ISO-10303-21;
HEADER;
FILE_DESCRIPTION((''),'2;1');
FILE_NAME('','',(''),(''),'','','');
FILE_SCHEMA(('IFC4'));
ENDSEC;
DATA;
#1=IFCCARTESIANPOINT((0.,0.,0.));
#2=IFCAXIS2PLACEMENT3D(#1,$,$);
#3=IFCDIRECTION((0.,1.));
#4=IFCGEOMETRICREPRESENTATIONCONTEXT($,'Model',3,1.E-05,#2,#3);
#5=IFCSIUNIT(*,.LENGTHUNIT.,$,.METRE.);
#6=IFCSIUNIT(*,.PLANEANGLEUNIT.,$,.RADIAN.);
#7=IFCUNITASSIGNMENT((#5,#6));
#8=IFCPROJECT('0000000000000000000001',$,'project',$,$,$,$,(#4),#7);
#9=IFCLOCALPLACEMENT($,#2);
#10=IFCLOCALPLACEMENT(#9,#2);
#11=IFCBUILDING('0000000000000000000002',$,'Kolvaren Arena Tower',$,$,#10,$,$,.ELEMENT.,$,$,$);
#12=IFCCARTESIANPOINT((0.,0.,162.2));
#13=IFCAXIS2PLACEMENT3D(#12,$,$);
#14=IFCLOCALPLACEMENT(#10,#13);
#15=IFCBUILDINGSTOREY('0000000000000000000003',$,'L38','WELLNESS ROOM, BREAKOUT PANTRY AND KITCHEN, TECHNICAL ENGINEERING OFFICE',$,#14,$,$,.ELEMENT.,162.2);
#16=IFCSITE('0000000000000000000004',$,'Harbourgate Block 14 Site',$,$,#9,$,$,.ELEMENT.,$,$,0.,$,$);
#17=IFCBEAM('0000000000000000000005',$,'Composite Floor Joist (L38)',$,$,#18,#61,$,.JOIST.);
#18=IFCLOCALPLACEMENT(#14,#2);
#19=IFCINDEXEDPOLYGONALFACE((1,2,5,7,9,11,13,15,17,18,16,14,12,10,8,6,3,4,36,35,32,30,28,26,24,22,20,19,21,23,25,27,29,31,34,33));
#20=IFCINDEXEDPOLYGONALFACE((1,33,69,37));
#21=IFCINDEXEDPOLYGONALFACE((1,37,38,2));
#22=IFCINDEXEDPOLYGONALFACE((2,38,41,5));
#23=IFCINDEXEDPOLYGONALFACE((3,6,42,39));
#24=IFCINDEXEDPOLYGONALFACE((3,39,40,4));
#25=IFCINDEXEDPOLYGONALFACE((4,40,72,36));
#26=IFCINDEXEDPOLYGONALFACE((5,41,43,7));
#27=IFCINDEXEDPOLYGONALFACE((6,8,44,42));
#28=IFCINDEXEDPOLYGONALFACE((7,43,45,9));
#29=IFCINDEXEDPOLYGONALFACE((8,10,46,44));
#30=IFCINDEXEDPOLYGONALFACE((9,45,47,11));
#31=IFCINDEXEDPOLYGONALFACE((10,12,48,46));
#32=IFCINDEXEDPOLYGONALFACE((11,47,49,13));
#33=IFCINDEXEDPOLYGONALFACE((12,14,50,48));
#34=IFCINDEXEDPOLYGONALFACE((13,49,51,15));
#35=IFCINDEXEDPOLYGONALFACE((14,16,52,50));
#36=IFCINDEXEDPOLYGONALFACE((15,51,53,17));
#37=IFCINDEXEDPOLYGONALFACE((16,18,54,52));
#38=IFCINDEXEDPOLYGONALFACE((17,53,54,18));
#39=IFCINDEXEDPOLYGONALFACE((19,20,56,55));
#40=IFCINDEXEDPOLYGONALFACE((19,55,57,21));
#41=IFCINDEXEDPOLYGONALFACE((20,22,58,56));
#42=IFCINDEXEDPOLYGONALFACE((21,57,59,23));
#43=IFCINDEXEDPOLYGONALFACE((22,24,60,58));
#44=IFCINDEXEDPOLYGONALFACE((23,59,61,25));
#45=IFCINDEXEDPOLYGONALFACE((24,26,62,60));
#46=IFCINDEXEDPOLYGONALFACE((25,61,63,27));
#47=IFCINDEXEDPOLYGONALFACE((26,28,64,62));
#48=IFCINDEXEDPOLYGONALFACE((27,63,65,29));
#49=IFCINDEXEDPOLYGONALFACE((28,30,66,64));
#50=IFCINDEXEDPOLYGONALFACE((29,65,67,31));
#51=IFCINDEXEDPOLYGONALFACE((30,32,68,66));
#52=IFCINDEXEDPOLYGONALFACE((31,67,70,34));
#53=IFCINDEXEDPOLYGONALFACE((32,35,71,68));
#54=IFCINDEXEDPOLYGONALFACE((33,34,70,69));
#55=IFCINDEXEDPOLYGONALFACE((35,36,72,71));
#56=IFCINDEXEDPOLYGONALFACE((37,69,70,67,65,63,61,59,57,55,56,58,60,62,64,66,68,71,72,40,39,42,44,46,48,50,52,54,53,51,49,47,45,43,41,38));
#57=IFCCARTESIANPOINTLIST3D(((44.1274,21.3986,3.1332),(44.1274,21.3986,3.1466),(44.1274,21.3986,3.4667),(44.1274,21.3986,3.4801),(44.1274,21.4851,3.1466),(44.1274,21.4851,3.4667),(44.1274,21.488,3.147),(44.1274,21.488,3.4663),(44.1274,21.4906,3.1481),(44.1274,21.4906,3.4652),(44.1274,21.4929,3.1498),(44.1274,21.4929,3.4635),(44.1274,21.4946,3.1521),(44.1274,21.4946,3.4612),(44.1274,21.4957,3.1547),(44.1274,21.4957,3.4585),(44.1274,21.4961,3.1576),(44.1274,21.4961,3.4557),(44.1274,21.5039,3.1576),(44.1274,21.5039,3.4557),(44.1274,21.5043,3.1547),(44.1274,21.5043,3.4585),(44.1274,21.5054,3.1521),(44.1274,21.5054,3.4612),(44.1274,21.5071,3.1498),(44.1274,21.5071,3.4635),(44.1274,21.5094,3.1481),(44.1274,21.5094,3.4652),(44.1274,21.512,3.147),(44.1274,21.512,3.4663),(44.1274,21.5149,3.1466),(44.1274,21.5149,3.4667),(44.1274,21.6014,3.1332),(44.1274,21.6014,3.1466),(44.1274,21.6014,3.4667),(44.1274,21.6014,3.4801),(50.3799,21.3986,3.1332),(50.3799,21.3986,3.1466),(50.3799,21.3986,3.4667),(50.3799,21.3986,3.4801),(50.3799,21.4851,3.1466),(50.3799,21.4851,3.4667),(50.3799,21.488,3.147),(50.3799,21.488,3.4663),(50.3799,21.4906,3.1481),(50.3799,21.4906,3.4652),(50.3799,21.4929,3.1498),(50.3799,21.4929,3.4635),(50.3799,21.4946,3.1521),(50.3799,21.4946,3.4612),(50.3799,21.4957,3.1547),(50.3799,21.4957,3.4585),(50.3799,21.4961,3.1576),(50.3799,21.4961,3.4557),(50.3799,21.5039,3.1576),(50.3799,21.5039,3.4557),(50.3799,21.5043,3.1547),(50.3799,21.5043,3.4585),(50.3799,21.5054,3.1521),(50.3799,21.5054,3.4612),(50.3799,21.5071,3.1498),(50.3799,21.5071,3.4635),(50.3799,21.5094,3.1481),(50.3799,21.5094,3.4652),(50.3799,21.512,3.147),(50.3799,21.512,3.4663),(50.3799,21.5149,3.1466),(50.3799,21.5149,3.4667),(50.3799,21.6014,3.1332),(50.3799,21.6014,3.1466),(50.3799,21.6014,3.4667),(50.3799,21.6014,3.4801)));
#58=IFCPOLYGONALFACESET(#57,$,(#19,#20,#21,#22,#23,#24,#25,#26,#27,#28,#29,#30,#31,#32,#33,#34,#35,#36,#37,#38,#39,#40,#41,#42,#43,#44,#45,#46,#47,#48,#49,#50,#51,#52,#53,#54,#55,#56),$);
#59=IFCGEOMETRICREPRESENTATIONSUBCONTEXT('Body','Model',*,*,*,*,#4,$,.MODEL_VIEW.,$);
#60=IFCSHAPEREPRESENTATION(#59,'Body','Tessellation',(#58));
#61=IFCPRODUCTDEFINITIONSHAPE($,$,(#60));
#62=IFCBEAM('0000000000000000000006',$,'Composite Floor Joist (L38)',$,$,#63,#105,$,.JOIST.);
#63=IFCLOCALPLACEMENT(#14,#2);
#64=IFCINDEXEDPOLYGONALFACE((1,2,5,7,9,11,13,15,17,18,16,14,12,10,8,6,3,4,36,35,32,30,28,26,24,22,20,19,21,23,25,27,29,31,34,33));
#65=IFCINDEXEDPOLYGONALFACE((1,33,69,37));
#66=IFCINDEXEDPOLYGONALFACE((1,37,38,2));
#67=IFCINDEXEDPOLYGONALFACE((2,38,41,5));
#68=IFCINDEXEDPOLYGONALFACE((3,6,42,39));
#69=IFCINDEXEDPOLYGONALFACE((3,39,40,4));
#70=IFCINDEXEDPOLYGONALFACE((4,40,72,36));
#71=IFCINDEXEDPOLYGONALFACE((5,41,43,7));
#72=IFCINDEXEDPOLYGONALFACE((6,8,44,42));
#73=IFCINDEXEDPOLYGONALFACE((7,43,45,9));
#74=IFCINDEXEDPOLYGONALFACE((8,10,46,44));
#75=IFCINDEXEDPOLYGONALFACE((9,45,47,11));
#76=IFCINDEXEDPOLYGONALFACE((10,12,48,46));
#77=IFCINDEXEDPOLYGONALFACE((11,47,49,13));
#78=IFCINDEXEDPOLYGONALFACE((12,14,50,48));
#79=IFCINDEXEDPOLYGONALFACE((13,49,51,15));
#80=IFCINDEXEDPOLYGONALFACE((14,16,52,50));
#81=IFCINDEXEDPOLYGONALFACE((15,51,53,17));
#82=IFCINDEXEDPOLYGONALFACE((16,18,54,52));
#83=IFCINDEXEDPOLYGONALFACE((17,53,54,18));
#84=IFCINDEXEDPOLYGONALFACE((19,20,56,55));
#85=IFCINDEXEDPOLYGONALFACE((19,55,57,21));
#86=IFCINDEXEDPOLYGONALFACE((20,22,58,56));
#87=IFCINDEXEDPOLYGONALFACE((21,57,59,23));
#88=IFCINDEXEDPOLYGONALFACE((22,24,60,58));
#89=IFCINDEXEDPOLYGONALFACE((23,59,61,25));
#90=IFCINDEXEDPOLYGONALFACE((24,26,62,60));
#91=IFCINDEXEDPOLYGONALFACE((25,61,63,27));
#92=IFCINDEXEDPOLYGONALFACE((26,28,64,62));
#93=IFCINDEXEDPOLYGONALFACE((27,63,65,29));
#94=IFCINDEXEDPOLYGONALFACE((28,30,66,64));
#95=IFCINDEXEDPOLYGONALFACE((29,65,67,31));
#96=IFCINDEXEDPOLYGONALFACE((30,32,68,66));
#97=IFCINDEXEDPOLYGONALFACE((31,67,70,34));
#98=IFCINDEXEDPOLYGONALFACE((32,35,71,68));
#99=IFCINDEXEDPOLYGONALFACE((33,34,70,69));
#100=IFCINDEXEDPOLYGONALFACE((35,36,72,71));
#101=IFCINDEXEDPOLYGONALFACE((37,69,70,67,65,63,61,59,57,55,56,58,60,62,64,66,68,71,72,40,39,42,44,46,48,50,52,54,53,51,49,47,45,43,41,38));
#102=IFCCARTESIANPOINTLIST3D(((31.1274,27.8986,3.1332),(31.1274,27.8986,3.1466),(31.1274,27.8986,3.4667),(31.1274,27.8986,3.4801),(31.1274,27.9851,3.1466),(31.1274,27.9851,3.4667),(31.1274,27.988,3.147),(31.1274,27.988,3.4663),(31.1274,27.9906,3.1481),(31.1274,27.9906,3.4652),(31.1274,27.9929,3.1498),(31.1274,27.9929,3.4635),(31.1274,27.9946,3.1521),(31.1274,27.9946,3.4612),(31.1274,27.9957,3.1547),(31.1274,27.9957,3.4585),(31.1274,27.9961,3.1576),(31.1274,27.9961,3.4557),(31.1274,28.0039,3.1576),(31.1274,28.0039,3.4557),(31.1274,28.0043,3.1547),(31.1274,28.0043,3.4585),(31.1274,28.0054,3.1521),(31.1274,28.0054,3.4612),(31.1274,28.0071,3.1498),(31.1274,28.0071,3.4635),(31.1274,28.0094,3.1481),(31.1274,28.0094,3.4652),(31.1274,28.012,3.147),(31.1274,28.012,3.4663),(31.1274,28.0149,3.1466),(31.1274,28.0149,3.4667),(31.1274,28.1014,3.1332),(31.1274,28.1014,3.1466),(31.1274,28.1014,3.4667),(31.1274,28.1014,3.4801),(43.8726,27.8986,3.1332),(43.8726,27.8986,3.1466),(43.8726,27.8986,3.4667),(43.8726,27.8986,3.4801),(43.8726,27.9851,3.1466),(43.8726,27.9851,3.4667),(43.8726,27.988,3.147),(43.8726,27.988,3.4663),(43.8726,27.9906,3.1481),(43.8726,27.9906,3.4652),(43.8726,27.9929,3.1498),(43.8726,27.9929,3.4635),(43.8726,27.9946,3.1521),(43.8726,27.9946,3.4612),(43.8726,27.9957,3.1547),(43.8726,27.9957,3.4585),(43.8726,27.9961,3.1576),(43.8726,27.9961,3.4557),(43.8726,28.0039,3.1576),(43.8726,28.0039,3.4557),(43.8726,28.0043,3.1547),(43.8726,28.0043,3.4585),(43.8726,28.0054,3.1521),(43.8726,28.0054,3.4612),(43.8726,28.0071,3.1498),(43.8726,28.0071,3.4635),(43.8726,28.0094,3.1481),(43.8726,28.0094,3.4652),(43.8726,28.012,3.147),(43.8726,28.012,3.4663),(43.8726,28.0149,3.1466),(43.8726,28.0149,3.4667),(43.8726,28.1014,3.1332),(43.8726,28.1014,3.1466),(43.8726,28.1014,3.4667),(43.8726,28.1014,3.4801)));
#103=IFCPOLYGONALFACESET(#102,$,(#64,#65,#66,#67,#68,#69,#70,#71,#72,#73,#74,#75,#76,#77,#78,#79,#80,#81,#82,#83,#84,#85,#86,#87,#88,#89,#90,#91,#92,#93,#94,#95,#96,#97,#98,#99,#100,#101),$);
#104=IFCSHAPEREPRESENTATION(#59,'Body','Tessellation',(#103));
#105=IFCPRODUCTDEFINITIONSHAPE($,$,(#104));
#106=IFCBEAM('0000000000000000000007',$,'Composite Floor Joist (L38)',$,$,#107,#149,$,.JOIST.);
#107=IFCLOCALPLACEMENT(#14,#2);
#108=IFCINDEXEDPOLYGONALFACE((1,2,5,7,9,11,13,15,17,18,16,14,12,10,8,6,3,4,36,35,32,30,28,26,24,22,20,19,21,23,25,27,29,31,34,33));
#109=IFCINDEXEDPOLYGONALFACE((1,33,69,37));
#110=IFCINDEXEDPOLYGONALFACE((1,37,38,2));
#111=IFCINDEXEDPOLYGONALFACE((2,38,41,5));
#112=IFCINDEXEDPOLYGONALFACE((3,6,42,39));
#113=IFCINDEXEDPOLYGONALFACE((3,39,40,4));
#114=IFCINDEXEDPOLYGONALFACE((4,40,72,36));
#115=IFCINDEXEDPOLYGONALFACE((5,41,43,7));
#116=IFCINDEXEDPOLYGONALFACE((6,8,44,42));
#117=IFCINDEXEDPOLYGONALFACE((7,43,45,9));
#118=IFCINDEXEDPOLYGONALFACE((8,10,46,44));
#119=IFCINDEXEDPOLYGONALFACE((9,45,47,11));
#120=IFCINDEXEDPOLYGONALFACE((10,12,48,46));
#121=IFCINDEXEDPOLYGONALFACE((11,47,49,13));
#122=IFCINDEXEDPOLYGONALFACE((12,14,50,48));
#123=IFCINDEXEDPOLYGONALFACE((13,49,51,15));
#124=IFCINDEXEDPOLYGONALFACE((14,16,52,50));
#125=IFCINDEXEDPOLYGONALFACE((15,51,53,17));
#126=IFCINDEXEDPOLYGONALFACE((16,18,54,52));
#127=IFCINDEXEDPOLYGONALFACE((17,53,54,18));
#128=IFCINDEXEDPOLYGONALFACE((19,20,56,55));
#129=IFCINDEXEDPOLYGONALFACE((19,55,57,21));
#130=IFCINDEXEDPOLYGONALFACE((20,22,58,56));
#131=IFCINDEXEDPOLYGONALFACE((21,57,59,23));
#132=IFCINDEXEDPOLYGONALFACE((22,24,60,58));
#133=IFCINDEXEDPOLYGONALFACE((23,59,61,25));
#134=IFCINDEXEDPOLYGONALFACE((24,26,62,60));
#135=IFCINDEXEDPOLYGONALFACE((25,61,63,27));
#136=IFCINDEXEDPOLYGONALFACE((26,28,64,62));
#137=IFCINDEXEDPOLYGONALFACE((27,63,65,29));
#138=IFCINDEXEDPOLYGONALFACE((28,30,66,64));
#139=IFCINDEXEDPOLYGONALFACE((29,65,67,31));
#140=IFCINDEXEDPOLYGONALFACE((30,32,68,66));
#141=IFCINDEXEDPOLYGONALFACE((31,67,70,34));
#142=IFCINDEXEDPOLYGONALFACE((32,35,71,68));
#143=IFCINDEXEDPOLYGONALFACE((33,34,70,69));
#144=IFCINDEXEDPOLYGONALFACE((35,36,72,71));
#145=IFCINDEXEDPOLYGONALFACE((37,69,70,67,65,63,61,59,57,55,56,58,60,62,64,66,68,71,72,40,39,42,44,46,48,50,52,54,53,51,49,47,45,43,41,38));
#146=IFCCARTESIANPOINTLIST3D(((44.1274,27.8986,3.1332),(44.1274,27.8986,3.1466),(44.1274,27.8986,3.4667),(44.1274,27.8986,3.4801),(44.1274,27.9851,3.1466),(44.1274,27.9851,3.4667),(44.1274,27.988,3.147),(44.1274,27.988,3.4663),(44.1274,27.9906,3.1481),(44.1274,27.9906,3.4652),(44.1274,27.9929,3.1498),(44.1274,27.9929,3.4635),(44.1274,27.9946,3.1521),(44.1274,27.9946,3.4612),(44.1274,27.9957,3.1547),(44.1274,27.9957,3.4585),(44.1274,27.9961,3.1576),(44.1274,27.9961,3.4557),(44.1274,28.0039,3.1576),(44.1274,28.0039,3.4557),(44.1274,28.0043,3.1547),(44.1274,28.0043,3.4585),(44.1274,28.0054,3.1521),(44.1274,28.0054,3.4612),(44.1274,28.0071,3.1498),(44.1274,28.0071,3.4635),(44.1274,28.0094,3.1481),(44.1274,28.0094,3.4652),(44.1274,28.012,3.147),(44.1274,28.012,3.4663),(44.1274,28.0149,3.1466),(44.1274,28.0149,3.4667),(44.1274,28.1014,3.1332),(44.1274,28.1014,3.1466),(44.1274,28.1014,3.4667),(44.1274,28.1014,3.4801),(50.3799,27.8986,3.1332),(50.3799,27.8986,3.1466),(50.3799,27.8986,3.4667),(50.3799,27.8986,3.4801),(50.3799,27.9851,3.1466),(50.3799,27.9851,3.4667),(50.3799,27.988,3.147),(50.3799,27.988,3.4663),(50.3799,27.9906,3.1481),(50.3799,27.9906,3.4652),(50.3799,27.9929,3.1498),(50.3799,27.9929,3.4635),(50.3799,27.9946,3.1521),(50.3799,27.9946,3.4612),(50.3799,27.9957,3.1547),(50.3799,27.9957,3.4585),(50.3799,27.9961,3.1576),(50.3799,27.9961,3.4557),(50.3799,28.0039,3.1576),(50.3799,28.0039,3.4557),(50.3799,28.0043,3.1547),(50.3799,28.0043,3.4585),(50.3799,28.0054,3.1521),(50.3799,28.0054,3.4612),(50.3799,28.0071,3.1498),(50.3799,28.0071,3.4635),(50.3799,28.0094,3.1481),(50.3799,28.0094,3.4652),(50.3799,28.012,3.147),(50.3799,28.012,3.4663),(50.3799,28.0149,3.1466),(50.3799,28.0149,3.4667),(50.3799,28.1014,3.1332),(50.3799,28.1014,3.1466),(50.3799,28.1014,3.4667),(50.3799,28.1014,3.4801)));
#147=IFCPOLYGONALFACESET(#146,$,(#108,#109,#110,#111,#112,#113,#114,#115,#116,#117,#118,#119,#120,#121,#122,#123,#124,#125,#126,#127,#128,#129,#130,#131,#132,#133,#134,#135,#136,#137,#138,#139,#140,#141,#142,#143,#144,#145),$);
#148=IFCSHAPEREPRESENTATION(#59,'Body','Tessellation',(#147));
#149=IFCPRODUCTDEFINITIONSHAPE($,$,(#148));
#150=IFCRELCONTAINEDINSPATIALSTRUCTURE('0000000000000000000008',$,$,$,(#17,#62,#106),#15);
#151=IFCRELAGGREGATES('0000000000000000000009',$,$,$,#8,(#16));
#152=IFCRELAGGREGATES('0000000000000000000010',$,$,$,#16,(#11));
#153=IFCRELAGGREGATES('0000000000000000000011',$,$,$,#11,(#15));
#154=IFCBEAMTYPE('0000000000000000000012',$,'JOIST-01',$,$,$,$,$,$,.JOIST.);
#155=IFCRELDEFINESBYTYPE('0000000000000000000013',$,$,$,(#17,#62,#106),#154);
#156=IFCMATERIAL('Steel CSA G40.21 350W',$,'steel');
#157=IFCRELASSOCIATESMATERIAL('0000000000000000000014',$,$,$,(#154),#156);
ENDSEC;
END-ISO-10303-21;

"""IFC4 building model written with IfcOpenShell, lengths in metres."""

from ifc_helpers import new_model, si_unit, direction, frame, origin, origin_2d, place, context, subcontext, project, spatial, i_section, extrude, material, material_profile, profile_set, type_object, element, save


model = new_model("IFC4")

# Units and contexts
model_context = context("Model", 3, precision=1e-05, world=origin(), true_north=direction((0.0, 1.0)))
body_context = subcontext(model_context, "Body", "Model", "MODEL_VIEW")
ifc_project = project(units=[si_unit("LENGTHUNIT", "METRE"), si_unit("PLANEANGLEUNIT", "RADIAN")], contexts=[model_context])

# Site, building, storey
site_placement = place(None, origin())
site = spatial("IfcSite", under=ifc_project, at=site_placement, Name="Harbourgate Block 14 Site", CompositionType="ELEMENT", RefElevation=0.0)
building_placement = place(site_placement, origin())
building = spatial("IfcBuilding", under=site, at=building_placement, Name="Kolvaren Arena Tower", CompositionType="ELEMENT")
storey_placement = place(building_placement, frame((0.0, 0.0, 162.2)))
storey = spatial("IfcBuildingStorey", under=building, at=storey_placement, Name="L38", Description="WELLNESS ROOM, BREAKOUT PANTRY AND KITCHEN, TECHNICAL ENGINEERING OFFICE", CompositionType="ELEMENT", Elevation=162.2)

# Beams
ifc_material_1 = material(Name="Steel CSA G40.21 350W", Category="steel")
ifc_material_profile_1 = material_profile(ifc_material_1, i_section(OverallWidth=0.2029, OverallDepth=0.3469, WebThickness=0.0078, FlangeThickness=0.0134, FilletRadius=0.011, at=origin_2d()), Name="W360x64")
ifc_profile_set_1 = profile_set([ifc_material_profile_1], Name="Steel CSA G40.21 350W")
beam_type_1 = type_object("IfcBeamType", Name="JOIST-01", PredefinedType="JOIST", material=ifc_profile_set_1)
beam_1_placement = place(storey_placement, frame((44.1274, 21.5, 3.3066), z_axis=(1.0, 0.0, 0.0), x_axis=(0.0, 1.0, 0.0)))
element("IfcBeam", 1, at=beam_1_placement, inside=storey, type_object=beam_type_1, Name="Composite Floor Joist (L38)", PredefinedType="JOIST", context=body_context, shape_type="SweptSolid", body=[
    extrude(i_section(OverallWidth=0.2029, OverallDepth=0.3469, WebThickness=0.0078, FlangeThickness=0.0134, FilletRadius=0.011, at=origin_2d()), origin(), (0.0, 0.0, 1.0), 6.2524),
])
beam_2_placement = place(storey_placement, frame((31.1274, 28.0, 3.3066), z_axis=(1.0, 0.0, 0.0), x_axis=(0.0, 1.0, 0.0)))
element("IfcBeam", 2, at=beam_2_placement, inside=storey, type_object=beam_type_1, Name="Composite Floor Joist (L38)", PredefinedType="JOIST", context=body_context, shape_type="SweptSolid", body=[
    extrude(i_section(OverallWidth=0.2029, OverallDepth=0.3469, WebThickness=0.0078, FlangeThickness=0.0134, FilletRadius=0.011, at=origin_2d()), origin(), (0.0, 0.0, 1.0), 12.7451),
])
beam_3_placement = place(storey_placement, frame((44.1274, 28.0, 3.3066), z_axis=(1.0, 0.0, 0.0), x_axis=(0.0, 1.0, 0.0)))
element("IfcBeam", 3, at=beam_3_placement, inside=storey, type_object=beam_type_1, Name="Composite Floor Joist (L38)", PredefinedType="JOIST", context=body_context, shape_type="SweptSolid", body=[
    extrude(i_section(OverallWidth=0.2029, OverallDepth=0.3469, WebThickness=0.0078, FlangeThickness=0.0134, FilletRadius=0.011, at=origin_2d()), origin(), (0.0, 0.0, 1.0), 6.2524),
])

save(model, "model.ifc")
